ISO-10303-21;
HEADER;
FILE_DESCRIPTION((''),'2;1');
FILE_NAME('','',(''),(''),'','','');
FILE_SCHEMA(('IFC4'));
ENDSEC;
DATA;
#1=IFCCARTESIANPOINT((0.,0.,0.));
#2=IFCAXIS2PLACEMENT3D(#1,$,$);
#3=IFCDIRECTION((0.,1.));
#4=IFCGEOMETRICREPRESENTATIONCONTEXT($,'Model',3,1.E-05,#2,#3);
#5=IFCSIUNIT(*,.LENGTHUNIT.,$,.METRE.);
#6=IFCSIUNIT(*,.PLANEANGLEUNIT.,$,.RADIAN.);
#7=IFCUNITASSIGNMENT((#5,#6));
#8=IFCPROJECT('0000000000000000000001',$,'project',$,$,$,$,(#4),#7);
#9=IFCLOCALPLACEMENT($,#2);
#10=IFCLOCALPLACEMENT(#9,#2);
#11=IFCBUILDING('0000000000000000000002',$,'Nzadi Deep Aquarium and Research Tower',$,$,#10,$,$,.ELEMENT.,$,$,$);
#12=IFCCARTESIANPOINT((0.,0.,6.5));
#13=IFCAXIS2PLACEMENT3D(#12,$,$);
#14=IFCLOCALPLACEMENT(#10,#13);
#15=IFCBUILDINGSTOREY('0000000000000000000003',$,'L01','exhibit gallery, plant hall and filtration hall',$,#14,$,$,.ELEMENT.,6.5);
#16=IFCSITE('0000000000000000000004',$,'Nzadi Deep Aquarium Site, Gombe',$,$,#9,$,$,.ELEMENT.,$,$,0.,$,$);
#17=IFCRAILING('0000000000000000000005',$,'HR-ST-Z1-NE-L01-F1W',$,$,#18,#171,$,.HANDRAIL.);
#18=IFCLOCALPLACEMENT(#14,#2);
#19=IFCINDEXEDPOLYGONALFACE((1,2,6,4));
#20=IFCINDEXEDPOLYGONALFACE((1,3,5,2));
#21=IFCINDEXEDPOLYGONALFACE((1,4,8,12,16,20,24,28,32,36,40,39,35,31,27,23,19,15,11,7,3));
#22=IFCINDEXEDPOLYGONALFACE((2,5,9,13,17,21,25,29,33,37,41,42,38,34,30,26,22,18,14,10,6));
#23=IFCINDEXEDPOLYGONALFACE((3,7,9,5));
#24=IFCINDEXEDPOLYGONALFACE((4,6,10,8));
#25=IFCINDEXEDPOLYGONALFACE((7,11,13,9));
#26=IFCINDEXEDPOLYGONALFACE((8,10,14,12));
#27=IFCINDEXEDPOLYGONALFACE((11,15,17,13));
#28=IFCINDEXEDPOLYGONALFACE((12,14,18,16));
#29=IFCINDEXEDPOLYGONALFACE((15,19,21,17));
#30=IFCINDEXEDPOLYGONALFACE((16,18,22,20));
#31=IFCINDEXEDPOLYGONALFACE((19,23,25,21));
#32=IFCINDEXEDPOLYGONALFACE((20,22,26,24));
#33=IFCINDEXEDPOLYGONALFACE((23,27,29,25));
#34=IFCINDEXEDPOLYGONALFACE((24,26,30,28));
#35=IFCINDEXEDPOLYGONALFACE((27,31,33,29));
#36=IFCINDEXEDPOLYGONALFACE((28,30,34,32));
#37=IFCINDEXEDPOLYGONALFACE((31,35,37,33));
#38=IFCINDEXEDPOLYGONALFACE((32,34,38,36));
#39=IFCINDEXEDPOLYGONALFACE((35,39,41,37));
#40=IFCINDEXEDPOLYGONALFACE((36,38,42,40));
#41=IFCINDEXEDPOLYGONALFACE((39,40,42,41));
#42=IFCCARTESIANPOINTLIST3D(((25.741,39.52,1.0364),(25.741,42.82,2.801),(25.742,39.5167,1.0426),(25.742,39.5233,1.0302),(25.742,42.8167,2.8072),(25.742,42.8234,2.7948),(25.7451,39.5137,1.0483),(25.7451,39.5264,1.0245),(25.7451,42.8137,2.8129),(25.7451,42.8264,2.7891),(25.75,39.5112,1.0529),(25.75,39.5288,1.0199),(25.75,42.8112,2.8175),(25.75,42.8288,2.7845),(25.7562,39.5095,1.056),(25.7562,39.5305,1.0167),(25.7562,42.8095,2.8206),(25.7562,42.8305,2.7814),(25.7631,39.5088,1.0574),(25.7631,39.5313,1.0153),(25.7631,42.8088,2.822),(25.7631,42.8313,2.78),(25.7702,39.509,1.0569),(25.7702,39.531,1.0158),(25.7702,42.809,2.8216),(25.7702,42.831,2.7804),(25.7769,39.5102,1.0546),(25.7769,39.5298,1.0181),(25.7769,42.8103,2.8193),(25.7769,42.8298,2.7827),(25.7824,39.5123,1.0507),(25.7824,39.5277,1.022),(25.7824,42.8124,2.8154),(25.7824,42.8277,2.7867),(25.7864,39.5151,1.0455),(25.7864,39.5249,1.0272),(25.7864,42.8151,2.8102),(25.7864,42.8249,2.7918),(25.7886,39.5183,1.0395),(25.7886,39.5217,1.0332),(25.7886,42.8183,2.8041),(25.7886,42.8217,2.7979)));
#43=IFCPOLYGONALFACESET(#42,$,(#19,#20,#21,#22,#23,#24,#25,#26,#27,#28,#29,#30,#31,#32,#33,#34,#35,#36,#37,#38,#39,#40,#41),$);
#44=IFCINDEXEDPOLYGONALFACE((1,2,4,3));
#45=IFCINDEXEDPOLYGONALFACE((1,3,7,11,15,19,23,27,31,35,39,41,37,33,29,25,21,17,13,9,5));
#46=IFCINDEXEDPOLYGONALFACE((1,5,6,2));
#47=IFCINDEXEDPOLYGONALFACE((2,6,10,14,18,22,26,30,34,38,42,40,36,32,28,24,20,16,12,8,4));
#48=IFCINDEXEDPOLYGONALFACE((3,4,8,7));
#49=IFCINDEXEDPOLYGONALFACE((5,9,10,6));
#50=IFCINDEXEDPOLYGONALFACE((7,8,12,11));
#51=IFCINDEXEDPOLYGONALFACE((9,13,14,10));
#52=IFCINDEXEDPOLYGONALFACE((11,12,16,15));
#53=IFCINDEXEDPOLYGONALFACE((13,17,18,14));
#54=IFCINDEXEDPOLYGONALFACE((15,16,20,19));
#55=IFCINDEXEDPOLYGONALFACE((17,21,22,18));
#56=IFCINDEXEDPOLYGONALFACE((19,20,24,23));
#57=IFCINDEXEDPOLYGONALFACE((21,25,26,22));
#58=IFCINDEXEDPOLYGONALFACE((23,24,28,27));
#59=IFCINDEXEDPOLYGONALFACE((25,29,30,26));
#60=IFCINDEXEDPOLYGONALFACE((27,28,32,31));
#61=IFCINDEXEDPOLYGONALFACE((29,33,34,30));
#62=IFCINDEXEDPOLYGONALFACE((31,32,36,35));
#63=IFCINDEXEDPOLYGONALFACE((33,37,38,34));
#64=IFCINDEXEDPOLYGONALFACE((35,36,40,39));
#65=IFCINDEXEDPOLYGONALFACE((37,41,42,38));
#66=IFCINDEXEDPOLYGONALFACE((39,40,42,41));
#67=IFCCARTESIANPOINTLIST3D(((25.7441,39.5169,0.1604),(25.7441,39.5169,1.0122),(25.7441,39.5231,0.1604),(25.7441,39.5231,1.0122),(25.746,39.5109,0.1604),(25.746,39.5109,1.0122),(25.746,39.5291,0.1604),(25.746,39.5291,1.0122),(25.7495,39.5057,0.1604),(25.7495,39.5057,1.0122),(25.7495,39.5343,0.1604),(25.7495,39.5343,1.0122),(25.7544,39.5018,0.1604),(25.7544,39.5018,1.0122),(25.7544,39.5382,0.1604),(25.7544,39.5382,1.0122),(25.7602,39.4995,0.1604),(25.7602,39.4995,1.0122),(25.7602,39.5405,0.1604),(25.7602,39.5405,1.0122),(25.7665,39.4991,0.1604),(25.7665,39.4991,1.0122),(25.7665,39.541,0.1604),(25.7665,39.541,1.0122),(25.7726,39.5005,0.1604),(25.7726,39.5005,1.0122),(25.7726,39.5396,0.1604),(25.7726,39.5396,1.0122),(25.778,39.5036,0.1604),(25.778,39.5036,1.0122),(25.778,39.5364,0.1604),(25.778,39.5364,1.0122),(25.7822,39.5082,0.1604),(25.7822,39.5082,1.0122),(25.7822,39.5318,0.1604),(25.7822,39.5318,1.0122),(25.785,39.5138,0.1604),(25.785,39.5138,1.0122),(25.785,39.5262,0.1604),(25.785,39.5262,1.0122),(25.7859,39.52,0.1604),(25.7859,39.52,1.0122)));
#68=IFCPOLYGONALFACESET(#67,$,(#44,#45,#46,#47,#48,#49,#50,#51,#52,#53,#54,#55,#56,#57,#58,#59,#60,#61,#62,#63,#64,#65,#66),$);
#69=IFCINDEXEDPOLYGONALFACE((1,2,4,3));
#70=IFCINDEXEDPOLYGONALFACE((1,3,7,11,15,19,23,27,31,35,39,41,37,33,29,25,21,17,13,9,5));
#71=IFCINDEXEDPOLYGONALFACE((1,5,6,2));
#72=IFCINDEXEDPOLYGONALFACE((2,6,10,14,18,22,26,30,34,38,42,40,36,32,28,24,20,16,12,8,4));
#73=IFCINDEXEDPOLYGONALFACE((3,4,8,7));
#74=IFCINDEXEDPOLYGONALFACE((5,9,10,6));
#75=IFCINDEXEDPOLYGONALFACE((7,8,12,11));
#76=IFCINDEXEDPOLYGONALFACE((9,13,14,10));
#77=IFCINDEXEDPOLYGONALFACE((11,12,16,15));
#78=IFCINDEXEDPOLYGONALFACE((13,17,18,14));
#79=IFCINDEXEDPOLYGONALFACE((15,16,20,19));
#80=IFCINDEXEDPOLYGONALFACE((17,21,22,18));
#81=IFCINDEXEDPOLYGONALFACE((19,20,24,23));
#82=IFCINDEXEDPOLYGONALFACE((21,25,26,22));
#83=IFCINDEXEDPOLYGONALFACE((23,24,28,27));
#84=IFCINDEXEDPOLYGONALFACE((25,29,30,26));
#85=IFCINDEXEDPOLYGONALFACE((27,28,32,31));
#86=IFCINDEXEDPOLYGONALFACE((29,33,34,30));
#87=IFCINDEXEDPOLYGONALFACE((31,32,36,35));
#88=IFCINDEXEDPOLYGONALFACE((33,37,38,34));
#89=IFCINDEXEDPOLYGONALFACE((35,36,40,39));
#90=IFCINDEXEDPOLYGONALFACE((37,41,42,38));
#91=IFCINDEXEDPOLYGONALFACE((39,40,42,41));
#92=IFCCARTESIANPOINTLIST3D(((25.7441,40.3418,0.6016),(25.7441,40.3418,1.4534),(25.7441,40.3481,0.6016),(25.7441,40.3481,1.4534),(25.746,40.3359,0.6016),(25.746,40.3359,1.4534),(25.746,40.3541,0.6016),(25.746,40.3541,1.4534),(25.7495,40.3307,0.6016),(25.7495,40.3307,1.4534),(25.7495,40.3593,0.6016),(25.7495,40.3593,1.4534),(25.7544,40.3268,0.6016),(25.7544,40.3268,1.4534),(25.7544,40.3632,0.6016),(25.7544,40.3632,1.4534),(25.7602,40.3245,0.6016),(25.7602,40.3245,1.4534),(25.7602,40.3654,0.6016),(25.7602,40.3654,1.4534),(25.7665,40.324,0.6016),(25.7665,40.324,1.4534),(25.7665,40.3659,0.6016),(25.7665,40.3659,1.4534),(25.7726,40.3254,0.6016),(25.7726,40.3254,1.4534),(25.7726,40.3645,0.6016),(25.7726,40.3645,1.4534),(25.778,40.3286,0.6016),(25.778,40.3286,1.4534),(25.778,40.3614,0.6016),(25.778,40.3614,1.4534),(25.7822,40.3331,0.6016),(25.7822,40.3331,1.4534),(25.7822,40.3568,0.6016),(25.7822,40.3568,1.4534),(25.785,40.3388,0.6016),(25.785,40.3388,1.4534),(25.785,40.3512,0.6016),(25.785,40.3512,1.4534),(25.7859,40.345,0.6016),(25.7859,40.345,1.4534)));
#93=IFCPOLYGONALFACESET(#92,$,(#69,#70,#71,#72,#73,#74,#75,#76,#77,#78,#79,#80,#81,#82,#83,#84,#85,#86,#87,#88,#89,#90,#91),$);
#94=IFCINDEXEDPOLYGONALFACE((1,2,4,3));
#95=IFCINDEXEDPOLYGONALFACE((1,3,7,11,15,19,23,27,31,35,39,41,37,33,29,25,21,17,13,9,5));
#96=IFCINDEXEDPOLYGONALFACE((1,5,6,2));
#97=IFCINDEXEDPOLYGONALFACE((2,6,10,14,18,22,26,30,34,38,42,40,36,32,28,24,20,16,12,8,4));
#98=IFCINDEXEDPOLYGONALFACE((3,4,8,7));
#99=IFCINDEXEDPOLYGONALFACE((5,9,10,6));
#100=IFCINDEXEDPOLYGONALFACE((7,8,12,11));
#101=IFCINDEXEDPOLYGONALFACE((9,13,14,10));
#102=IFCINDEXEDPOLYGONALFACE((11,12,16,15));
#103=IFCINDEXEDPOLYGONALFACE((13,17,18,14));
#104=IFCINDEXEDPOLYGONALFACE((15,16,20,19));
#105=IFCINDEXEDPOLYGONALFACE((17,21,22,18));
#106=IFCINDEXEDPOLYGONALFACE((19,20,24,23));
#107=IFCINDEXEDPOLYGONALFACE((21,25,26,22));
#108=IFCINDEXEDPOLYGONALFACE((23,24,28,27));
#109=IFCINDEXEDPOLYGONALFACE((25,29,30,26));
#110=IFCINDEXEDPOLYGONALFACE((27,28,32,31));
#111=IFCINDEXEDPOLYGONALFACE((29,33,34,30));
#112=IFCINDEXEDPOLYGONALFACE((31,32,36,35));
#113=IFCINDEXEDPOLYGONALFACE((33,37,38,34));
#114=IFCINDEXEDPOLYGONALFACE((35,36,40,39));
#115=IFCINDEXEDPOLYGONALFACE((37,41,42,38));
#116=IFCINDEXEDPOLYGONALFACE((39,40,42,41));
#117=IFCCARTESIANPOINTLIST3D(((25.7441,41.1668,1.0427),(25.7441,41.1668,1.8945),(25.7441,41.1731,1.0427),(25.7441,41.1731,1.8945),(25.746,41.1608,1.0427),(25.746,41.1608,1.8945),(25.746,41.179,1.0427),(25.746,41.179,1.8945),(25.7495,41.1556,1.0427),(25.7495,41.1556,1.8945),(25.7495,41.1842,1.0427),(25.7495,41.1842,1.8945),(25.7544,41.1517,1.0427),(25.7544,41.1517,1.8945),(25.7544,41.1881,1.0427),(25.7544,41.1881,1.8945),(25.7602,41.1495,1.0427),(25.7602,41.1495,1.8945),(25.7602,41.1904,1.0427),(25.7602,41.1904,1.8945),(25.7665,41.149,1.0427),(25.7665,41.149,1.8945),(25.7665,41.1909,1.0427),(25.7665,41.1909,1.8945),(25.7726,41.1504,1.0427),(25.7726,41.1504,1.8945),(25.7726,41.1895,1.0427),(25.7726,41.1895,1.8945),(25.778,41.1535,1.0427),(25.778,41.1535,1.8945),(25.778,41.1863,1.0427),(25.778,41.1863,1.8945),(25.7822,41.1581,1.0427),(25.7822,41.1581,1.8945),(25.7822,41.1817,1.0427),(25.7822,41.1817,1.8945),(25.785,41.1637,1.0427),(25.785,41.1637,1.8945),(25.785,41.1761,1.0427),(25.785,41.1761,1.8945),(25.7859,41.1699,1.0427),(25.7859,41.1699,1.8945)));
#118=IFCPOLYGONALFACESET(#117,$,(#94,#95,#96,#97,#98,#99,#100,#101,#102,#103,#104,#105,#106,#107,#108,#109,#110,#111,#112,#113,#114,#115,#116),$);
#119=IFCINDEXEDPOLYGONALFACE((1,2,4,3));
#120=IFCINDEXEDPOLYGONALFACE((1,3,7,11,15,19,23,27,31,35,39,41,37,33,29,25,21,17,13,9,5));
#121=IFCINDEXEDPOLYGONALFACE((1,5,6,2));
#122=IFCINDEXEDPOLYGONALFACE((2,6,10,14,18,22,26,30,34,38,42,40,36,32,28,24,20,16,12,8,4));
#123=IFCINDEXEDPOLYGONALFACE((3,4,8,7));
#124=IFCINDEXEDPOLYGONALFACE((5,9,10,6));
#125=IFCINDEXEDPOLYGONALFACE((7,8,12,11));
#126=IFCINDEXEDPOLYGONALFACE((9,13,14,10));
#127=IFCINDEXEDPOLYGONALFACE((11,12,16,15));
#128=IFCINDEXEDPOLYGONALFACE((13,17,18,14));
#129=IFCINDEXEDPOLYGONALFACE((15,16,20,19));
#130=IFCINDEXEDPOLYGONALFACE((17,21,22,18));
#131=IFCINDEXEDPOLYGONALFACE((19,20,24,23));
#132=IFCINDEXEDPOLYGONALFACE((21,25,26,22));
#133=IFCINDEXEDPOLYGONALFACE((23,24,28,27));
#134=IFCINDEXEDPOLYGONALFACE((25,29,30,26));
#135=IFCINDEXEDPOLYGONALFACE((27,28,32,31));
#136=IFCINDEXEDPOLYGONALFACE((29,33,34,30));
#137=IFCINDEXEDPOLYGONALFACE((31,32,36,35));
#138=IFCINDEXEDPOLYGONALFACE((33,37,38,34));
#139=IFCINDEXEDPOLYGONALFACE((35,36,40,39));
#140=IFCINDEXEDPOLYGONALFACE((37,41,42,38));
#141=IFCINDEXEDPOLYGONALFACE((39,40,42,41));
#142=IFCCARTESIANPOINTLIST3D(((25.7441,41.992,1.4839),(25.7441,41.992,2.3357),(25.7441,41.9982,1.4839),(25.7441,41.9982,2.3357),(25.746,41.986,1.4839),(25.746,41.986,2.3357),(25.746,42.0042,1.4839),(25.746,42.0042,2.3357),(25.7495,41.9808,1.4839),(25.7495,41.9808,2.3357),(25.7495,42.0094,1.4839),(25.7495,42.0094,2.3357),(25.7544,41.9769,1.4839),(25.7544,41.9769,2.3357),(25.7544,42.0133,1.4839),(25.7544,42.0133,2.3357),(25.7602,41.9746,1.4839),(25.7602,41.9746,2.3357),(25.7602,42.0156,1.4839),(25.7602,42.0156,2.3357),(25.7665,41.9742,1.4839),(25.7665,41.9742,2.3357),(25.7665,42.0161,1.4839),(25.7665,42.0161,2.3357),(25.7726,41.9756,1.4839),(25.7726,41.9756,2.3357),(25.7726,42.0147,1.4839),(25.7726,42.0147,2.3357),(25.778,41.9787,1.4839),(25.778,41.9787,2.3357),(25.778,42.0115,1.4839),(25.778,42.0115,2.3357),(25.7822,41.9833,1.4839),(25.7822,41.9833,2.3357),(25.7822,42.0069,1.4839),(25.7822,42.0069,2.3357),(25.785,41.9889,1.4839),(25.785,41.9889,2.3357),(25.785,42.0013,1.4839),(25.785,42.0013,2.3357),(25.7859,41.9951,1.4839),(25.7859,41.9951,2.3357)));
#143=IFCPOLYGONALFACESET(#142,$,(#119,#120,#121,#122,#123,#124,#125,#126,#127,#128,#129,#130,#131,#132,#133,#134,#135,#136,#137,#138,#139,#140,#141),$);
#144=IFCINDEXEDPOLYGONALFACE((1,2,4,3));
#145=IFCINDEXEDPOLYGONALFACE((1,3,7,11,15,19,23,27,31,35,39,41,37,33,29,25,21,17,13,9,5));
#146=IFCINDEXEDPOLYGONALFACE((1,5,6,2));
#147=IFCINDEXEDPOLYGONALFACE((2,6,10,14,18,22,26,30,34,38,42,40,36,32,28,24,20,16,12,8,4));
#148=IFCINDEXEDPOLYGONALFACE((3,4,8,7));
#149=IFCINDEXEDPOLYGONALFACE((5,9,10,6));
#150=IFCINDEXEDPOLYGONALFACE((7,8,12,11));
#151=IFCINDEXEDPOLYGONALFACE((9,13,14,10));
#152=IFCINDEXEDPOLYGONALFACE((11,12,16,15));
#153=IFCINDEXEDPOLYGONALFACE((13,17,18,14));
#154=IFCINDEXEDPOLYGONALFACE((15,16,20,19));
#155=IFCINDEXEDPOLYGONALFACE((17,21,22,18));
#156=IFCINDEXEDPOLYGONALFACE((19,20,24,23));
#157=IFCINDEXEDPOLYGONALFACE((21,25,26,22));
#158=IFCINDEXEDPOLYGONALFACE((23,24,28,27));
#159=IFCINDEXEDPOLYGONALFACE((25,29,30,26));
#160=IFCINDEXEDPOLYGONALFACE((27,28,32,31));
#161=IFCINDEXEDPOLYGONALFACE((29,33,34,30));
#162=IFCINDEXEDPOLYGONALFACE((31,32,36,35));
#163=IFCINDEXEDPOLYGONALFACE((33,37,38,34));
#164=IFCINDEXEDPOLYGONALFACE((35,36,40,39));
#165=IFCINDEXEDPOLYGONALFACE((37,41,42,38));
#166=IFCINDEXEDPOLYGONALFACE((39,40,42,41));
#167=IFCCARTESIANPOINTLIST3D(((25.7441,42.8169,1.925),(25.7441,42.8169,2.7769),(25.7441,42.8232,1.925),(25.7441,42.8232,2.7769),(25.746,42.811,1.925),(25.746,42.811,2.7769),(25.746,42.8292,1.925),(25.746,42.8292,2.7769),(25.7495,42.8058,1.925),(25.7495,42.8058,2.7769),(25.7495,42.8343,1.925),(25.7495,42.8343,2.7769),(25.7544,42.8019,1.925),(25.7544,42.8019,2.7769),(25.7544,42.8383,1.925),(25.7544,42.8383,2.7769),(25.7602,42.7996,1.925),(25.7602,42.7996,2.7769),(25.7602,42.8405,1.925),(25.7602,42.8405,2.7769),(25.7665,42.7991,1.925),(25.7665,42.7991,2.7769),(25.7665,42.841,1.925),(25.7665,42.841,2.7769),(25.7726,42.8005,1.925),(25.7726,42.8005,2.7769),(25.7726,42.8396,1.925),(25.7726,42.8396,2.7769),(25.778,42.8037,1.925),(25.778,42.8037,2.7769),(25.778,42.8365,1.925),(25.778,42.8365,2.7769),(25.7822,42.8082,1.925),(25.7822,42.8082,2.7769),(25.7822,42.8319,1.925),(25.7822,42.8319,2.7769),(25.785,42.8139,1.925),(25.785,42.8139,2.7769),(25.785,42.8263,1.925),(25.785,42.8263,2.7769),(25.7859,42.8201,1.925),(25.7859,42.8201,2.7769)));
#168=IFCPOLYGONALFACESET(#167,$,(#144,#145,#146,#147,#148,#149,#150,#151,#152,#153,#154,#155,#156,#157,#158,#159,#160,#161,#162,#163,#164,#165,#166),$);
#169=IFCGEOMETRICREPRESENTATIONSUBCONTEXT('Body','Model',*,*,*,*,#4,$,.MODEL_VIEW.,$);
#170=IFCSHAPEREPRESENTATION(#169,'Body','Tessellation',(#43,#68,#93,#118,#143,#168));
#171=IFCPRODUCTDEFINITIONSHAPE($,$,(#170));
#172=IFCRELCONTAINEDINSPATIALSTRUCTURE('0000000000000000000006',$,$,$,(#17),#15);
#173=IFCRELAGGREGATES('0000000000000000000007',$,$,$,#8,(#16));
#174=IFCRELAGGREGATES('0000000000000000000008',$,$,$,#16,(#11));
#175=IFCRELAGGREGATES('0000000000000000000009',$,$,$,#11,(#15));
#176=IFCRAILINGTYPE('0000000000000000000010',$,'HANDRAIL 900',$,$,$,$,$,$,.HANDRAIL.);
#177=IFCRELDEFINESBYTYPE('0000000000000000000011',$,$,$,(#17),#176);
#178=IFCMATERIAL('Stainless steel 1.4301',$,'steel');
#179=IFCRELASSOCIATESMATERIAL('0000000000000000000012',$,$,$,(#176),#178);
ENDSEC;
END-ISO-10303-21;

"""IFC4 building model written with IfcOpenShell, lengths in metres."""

from ifc_helpers import new_model, si_unit, direction, frame, origin, origin_2d, place, context, subcontext, project, spatial, circle, extrude, material, type_object, element, save


model = new_model("IFC4")

# Units and contexts
model_context = context("Model", 3, precision=1e-05, world=origin(), true_north=direction((0.0, 1.0)))
body_context = subcontext(model_context, "Body", "Model", "MODEL_VIEW")
ifc_project = project(units=[si_unit("LENGTHUNIT", "METRE"), si_unit("PLANEANGLEUNIT", "RADIAN")], contexts=[model_context])

# Site, building, storey
site_placement = place(None, origin())
site = spatial("IfcSite", under=ifc_project, at=site_placement, Name="Nzadi Deep Aquarium Site, Gombe", CompositionType="ELEMENT", RefElevation=0.0)
building_placement = place(site_placement, origin())
building = spatial("IfcBuilding", under=site, at=building_placement, Name="Nzadi Deep Aquarium and Research Tower", CompositionType="ELEMENT")
storey_placement = place(building_placement, frame((0.0, 0.0, 6.5)))
storey = spatial("IfcBuildingStorey", under=building, at=storey_placement, Name="L01", Description="exhibit gallery, plant hall and filtration hall", CompositionType="ELEMENT", Elevation=6.5)

# Railing
ifc_material_1 = material(Name="Stainless steel 1.4301", Category="steel")
railing_type = type_object("IfcRailingType", Name="HANDRAIL 900", PredefinedType="HANDRAIL", material=ifc_material_1)
railing_placement = place(storey_placement, frame((25.7649, 39.52, 0.1604)))
element("IfcRailing", 1, at=railing_placement, inside=storey, type_object=railing_type, Name="HR-ST-Z1-NE-L01-F1W", PredefinedType="HANDRAIL", context=body_context, shape_type="SweptSolid", body=[
    extrude(circle(Radius=0.0239, at=origin_2d()), frame((0.0, 0.0, 0.876), z_axis=(0.0, 0.88184, 0.47155), x_axis=(-1.0, 0.0, 0.0)), (0.0, 0.0, 1.0), 3.7422),
    extrude(circle(Radius=0.021, at=origin_2d()), origin(), (0.0, 0.0, 1.0), 0.8518),
    extrude(circle(Radius=0.021, at=origin_2d()), frame((0.0, 0.825, 0.4412)), (0.0, 0.0, 1.0), 0.8518),
    extrude(circle(Radius=0.021, at=origin_2d()), frame((0.0, 1.6499, 0.8823)), (0.0, 0.0, 1.0), 0.8518),
    extrude(circle(Radius=0.021, at=origin_2d()), frame((0.0, 2.4751, 1.3235)), (0.0, 0.0, 1.0), 0.8518),
    extrude(circle(Radius=0.021, at=origin_2d()), frame((0.0, 3.3, 1.7646)), (0.0, 0.0, 1.0), 0.8518),
])

save(model, "model.ifc")
